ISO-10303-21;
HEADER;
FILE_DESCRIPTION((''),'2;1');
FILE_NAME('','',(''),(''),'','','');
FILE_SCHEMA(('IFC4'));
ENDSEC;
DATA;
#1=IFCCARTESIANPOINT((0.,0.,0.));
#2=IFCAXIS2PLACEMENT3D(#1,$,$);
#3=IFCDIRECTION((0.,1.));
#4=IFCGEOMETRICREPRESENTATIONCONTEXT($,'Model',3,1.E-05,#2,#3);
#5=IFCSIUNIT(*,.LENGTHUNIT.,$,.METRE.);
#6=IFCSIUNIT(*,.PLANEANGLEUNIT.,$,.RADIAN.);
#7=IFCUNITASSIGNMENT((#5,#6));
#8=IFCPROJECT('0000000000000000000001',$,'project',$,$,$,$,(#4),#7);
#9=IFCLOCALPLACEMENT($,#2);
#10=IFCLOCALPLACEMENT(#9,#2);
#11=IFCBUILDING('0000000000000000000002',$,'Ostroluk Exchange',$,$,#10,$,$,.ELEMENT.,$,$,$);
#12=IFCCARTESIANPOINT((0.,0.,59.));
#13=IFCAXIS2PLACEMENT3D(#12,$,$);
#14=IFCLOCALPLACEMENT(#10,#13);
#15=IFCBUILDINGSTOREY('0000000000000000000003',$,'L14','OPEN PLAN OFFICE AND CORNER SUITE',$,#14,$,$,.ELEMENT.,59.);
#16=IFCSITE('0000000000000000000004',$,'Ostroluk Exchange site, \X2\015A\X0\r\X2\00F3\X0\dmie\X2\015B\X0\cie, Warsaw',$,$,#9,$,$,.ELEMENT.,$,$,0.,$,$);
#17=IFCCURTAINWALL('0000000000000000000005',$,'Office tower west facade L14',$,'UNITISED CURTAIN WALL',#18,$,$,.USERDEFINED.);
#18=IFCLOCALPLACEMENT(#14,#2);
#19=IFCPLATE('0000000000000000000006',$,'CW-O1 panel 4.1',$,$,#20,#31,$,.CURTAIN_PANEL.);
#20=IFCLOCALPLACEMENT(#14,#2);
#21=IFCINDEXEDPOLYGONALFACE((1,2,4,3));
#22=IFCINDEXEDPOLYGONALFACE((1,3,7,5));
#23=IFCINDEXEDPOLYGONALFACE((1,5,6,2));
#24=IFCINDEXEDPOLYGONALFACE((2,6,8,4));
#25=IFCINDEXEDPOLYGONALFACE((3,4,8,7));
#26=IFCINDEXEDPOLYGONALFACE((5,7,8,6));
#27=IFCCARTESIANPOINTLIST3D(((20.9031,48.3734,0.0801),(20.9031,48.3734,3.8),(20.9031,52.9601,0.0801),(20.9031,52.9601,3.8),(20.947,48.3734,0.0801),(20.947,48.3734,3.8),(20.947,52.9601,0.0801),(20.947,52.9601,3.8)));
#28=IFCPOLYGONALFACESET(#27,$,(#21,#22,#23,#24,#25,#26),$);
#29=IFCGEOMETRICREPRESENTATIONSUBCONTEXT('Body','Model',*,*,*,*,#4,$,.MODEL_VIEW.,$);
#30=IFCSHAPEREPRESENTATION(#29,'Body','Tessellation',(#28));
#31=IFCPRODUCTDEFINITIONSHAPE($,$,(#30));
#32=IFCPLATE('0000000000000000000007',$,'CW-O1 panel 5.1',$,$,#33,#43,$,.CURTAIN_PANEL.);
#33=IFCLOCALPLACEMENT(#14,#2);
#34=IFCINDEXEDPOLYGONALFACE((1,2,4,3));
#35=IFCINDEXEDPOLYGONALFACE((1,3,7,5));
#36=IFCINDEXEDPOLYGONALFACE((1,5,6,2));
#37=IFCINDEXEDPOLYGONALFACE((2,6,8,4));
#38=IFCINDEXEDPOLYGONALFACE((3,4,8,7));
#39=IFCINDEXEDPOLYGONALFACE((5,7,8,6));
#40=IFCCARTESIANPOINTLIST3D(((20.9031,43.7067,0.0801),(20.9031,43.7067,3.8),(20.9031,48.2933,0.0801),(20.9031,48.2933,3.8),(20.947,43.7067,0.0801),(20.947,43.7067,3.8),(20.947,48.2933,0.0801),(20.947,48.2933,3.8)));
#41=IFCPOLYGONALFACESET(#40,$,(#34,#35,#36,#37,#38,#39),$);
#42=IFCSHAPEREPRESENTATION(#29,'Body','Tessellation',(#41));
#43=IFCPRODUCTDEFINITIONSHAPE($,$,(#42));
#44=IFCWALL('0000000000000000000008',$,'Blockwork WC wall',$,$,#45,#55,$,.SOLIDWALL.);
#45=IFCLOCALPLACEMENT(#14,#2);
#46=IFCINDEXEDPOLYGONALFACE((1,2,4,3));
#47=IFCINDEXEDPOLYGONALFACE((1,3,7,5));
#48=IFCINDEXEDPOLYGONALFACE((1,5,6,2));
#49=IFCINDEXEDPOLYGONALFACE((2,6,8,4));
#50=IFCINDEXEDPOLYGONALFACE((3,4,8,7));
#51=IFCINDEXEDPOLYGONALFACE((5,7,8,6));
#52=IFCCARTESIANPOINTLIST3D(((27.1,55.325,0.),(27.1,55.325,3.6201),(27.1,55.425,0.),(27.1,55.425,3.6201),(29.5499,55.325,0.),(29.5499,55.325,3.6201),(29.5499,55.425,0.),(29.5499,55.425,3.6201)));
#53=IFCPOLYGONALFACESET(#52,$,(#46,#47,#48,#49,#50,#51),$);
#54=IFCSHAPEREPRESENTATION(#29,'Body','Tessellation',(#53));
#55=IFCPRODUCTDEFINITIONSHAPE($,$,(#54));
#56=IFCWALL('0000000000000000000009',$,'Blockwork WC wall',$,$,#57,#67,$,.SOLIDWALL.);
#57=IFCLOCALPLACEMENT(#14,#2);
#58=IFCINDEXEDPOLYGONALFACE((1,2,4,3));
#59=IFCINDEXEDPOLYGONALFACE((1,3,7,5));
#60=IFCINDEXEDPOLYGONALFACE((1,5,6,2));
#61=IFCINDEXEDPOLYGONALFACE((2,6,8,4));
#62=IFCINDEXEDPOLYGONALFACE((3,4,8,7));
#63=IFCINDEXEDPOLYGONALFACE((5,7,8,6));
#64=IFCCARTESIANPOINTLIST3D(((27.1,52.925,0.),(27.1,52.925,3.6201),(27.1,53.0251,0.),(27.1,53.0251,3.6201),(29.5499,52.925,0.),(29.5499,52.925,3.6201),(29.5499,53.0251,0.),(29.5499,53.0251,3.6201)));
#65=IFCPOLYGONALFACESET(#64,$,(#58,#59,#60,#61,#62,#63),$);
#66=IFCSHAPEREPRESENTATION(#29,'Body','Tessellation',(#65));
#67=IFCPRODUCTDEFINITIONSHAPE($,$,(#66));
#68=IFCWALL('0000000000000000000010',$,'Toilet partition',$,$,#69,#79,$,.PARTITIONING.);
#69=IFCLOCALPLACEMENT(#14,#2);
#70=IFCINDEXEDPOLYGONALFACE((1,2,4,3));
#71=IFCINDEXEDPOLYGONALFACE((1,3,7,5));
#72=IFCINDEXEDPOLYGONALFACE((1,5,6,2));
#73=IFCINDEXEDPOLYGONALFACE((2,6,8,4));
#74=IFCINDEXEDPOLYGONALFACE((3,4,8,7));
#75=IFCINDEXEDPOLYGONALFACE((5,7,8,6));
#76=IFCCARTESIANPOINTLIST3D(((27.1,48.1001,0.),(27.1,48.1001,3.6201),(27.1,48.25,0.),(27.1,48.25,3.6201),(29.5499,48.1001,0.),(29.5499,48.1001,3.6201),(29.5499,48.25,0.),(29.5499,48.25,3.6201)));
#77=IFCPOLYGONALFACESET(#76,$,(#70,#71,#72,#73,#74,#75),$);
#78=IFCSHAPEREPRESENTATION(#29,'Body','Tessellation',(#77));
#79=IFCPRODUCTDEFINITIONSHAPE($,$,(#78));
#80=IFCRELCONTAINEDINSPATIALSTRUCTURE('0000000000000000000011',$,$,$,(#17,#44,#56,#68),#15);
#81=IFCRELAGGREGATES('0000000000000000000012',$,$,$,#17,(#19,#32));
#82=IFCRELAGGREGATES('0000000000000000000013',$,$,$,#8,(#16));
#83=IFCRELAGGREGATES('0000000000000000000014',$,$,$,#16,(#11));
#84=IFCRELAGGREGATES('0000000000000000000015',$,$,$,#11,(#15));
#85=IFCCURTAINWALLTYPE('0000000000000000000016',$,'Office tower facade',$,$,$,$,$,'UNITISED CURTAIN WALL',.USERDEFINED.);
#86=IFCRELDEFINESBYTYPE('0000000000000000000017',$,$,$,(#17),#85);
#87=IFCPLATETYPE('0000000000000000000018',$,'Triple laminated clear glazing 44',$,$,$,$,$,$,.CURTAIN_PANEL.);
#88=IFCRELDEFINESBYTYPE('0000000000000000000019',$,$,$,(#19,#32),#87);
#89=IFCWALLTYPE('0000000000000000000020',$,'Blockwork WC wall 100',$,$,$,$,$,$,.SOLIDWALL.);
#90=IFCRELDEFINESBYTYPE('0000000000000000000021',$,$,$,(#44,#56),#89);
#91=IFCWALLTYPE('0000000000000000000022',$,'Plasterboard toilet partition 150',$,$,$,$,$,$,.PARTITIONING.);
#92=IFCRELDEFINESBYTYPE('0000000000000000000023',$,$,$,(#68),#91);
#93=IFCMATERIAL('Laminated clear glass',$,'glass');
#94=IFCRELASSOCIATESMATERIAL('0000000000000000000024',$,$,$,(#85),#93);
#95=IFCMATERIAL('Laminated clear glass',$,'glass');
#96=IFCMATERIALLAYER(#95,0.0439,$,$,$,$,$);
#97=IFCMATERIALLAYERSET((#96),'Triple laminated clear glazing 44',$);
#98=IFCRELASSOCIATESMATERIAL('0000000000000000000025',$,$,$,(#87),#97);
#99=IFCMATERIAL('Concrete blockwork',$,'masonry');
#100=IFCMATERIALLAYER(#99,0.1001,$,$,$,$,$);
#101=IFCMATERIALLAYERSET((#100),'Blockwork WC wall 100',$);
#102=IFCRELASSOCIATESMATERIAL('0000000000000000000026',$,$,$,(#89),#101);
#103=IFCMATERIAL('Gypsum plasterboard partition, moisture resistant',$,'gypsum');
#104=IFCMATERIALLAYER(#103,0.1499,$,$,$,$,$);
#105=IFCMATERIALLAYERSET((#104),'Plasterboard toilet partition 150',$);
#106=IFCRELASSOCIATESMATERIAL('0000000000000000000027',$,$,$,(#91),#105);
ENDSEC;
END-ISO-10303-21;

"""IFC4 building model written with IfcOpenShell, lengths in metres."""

from ifc_helpers import new_model, si_unit, direction, frame, frame_2d, origin, origin_2d, place, context, subcontext, project, spatial, rectangle, extrude, material, layer, layer_set, type_object, element, aggregate, save


model = new_model("IFC4")

# Units and contexts
model_context = context("Model", 3, precision=1e-05, world=origin(), true_north=direction((0.0, 1.0)))
body_context = subcontext(model_context, "Body", "Model", "MODEL_VIEW")
ifc_project = project(units=[si_unit("LENGTHUNIT", "METRE"), si_unit("PLANEANGLEUNIT", "RADIAN")], contexts=[model_context])

# Site, building, storey
site_placement = place(None, origin())
site = spatial("IfcSite", under=ifc_project, at=site_placement, Name="Ostroluk Exchange site, Śródmieście, Warsaw", CompositionType="ELEMENT", RefElevation=0.0)
building_placement = place(site_placement, origin())
building = spatial("IfcBuilding", under=site, at=building_placement, Name="Ostroluk Exchange", CompositionType="ELEMENT")
storey_placement = place(building_placement, frame((0.0, 0.0, 59.0)))
storey = spatial("IfcBuildingStorey", under=building, at=storey_placement, Name="L14", Description="OPEN PLAN OFFICE AND CORNER SUITE", CompositionType="ELEMENT", Elevation=59.0)

# Curtain wall, plates
ifc_material_1 = material(Name="Laminated clear glass", Category="glass")
curtain_wall_type = type_object("IfcCurtainWallType", Name="Office tower facade", ElementType="UNITISED CURTAIN WALL", PredefinedType="USERDEFINED", material=ifc_material_1)
curtain_wall_placement = place(storey_placement, origin())
curtain_wall = element("IfcCurtainWall", 1, at=curtain_wall_placement, inside=storey, type_object=curtain_wall_type, Name="Office tower west facade L14", ObjectType="UNITISED CURTAIN WALL", PredefinedType="USERDEFINED")
ifc_material_2 = material(Name="Laminated clear glass", Category="glass")
ifc_layer_1 = layer(ifc_material_2, 0.0439)
ifc_layer_set_1 = layer_set([ifc_layer_1], Name="Triple laminated clear glazing 44")
plate_type = type_object("IfcPlateType", Name="Triple laminated clear glazing 44", PredefinedType="CURTAIN_PANEL", material=ifc_layer_set_1)
plate_1_placement = place(storey_placement, frame((20.925, 50.6667, 0.0801), z_axis=(0.0, 0.0, 1.0), x_axis=(0.0, -1.0, 0.0)))
plate_1 = element("IfcPlate", 2, at=plate_1_placement, type_object=plate_type, Name="CW-O1 panel 4.1", PredefinedType="CURTAIN_PANEL", context=body_context, shape_type="SweptSolid", body=[
    extrude(rectangle(XDim=4.5867, YDim=0.0439, at=origin_2d()), origin(), (0.0, 0.0, 1.0), 3.72),
])
plate_2_placement = place(storey_placement, frame((20.925, 46.0, 0.0801), z_axis=(0.0, 0.0, 1.0), x_axis=(0.0, -1.0, 0.0)))
plate_2 = element("IfcPlate", 3, at=plate_2_placement, type_object=plate_type, Name="CW-O1 panel 5.1", PredefinedType="CURTAIN_PANEL", context=body_context, shape_type="SweptSolid", body=[
    extrude(rectangle(XDim=4.5867, YDim=0.0439, at=origin_2d()), origin(), (0.0, 0.0, 1.0), 3.72),
])
aggregate(curtain_wall, [plate_1, plate_2])

# Walls
ifc_material_3 = material(Name="Concrete blockwork", Category="masonry")
ifc_layer_2 = layer(ifc_material_3, 0.1001)
ifc_layer_set_2 = layer_set([ifc_layer_2], Name="Blockwork WC wall 100")
wall_type_1 = type_object("IfcWallType", Name="Blockwork WC wall 100", PredefinedType="SOLIDWALL", material=ifc_layer_set_2)
for number, where, z_axis, x_axis, name in (
    (4, (29.55, 55.375, 0.0), (0.0, 0.0, 1.0), (-1.0, 0.0, 0.0), "Blockwork WC wall"),
    (5, (29.55, 52.9751, 0.0), (0.0, 0.0, 1.0), (-1.0, 0.0, 0.0), "Blockwork WC wall"),
):
    element("IfcWall", number, at=place(storey_placement, frame(where, z_axis=z_axis, x_axis=x_axis)), inside=storey, type_object=wall_type_1, Name=name, PredefinedType="SOLIDWALL", context=body_context, shape_type="SweptSolid", body=[
        extrude(rectangle(XDim=2.45, YDim=0.1001, at=frame_2d((1.2251, 0.0))), origin(), (0.0, 0.0, 1.0), 3.6201),
    ])

# Wall
ifc_material_4 = material(Name="Gypsum plasterboard partition, moisture resistant", Category="gypsum")
ifc_layer_3 = layer(ifc_material_4, 0.1499)
ifc_layer_set_3 = layer_set([ifc_layer_3], Name="Plasterboard toilet partition 150")
wall_type_2 = type_object("IfcWallType", Name="Plasterboard toilet partition 150", PredefinedType="PARTITIONING", material=ifc_layer_set_3)
wall_1_placement = place(storey_placement, frame((29.55, 48.175, 0.0), z_axis=(0.0, 0.0, 1.0), x_axis=(-1.0, 0.0, 0.0)))
element("IfcWall", 6, at=wall_1_placement, inside=storey, type_object=wall_type_2, Name="Toilet partition", PredefinedType="PARTITIONING", context=body_context, shape_type="SweptSolid", body=[
    extrude(rectangle(XDim=2.45, YDim=0.1499, at=frame_2d((1.2251, 0.0))), origin(), (0.0, 0.0, 1.0), 3.6201),
])

save(model, "model.ifc")
